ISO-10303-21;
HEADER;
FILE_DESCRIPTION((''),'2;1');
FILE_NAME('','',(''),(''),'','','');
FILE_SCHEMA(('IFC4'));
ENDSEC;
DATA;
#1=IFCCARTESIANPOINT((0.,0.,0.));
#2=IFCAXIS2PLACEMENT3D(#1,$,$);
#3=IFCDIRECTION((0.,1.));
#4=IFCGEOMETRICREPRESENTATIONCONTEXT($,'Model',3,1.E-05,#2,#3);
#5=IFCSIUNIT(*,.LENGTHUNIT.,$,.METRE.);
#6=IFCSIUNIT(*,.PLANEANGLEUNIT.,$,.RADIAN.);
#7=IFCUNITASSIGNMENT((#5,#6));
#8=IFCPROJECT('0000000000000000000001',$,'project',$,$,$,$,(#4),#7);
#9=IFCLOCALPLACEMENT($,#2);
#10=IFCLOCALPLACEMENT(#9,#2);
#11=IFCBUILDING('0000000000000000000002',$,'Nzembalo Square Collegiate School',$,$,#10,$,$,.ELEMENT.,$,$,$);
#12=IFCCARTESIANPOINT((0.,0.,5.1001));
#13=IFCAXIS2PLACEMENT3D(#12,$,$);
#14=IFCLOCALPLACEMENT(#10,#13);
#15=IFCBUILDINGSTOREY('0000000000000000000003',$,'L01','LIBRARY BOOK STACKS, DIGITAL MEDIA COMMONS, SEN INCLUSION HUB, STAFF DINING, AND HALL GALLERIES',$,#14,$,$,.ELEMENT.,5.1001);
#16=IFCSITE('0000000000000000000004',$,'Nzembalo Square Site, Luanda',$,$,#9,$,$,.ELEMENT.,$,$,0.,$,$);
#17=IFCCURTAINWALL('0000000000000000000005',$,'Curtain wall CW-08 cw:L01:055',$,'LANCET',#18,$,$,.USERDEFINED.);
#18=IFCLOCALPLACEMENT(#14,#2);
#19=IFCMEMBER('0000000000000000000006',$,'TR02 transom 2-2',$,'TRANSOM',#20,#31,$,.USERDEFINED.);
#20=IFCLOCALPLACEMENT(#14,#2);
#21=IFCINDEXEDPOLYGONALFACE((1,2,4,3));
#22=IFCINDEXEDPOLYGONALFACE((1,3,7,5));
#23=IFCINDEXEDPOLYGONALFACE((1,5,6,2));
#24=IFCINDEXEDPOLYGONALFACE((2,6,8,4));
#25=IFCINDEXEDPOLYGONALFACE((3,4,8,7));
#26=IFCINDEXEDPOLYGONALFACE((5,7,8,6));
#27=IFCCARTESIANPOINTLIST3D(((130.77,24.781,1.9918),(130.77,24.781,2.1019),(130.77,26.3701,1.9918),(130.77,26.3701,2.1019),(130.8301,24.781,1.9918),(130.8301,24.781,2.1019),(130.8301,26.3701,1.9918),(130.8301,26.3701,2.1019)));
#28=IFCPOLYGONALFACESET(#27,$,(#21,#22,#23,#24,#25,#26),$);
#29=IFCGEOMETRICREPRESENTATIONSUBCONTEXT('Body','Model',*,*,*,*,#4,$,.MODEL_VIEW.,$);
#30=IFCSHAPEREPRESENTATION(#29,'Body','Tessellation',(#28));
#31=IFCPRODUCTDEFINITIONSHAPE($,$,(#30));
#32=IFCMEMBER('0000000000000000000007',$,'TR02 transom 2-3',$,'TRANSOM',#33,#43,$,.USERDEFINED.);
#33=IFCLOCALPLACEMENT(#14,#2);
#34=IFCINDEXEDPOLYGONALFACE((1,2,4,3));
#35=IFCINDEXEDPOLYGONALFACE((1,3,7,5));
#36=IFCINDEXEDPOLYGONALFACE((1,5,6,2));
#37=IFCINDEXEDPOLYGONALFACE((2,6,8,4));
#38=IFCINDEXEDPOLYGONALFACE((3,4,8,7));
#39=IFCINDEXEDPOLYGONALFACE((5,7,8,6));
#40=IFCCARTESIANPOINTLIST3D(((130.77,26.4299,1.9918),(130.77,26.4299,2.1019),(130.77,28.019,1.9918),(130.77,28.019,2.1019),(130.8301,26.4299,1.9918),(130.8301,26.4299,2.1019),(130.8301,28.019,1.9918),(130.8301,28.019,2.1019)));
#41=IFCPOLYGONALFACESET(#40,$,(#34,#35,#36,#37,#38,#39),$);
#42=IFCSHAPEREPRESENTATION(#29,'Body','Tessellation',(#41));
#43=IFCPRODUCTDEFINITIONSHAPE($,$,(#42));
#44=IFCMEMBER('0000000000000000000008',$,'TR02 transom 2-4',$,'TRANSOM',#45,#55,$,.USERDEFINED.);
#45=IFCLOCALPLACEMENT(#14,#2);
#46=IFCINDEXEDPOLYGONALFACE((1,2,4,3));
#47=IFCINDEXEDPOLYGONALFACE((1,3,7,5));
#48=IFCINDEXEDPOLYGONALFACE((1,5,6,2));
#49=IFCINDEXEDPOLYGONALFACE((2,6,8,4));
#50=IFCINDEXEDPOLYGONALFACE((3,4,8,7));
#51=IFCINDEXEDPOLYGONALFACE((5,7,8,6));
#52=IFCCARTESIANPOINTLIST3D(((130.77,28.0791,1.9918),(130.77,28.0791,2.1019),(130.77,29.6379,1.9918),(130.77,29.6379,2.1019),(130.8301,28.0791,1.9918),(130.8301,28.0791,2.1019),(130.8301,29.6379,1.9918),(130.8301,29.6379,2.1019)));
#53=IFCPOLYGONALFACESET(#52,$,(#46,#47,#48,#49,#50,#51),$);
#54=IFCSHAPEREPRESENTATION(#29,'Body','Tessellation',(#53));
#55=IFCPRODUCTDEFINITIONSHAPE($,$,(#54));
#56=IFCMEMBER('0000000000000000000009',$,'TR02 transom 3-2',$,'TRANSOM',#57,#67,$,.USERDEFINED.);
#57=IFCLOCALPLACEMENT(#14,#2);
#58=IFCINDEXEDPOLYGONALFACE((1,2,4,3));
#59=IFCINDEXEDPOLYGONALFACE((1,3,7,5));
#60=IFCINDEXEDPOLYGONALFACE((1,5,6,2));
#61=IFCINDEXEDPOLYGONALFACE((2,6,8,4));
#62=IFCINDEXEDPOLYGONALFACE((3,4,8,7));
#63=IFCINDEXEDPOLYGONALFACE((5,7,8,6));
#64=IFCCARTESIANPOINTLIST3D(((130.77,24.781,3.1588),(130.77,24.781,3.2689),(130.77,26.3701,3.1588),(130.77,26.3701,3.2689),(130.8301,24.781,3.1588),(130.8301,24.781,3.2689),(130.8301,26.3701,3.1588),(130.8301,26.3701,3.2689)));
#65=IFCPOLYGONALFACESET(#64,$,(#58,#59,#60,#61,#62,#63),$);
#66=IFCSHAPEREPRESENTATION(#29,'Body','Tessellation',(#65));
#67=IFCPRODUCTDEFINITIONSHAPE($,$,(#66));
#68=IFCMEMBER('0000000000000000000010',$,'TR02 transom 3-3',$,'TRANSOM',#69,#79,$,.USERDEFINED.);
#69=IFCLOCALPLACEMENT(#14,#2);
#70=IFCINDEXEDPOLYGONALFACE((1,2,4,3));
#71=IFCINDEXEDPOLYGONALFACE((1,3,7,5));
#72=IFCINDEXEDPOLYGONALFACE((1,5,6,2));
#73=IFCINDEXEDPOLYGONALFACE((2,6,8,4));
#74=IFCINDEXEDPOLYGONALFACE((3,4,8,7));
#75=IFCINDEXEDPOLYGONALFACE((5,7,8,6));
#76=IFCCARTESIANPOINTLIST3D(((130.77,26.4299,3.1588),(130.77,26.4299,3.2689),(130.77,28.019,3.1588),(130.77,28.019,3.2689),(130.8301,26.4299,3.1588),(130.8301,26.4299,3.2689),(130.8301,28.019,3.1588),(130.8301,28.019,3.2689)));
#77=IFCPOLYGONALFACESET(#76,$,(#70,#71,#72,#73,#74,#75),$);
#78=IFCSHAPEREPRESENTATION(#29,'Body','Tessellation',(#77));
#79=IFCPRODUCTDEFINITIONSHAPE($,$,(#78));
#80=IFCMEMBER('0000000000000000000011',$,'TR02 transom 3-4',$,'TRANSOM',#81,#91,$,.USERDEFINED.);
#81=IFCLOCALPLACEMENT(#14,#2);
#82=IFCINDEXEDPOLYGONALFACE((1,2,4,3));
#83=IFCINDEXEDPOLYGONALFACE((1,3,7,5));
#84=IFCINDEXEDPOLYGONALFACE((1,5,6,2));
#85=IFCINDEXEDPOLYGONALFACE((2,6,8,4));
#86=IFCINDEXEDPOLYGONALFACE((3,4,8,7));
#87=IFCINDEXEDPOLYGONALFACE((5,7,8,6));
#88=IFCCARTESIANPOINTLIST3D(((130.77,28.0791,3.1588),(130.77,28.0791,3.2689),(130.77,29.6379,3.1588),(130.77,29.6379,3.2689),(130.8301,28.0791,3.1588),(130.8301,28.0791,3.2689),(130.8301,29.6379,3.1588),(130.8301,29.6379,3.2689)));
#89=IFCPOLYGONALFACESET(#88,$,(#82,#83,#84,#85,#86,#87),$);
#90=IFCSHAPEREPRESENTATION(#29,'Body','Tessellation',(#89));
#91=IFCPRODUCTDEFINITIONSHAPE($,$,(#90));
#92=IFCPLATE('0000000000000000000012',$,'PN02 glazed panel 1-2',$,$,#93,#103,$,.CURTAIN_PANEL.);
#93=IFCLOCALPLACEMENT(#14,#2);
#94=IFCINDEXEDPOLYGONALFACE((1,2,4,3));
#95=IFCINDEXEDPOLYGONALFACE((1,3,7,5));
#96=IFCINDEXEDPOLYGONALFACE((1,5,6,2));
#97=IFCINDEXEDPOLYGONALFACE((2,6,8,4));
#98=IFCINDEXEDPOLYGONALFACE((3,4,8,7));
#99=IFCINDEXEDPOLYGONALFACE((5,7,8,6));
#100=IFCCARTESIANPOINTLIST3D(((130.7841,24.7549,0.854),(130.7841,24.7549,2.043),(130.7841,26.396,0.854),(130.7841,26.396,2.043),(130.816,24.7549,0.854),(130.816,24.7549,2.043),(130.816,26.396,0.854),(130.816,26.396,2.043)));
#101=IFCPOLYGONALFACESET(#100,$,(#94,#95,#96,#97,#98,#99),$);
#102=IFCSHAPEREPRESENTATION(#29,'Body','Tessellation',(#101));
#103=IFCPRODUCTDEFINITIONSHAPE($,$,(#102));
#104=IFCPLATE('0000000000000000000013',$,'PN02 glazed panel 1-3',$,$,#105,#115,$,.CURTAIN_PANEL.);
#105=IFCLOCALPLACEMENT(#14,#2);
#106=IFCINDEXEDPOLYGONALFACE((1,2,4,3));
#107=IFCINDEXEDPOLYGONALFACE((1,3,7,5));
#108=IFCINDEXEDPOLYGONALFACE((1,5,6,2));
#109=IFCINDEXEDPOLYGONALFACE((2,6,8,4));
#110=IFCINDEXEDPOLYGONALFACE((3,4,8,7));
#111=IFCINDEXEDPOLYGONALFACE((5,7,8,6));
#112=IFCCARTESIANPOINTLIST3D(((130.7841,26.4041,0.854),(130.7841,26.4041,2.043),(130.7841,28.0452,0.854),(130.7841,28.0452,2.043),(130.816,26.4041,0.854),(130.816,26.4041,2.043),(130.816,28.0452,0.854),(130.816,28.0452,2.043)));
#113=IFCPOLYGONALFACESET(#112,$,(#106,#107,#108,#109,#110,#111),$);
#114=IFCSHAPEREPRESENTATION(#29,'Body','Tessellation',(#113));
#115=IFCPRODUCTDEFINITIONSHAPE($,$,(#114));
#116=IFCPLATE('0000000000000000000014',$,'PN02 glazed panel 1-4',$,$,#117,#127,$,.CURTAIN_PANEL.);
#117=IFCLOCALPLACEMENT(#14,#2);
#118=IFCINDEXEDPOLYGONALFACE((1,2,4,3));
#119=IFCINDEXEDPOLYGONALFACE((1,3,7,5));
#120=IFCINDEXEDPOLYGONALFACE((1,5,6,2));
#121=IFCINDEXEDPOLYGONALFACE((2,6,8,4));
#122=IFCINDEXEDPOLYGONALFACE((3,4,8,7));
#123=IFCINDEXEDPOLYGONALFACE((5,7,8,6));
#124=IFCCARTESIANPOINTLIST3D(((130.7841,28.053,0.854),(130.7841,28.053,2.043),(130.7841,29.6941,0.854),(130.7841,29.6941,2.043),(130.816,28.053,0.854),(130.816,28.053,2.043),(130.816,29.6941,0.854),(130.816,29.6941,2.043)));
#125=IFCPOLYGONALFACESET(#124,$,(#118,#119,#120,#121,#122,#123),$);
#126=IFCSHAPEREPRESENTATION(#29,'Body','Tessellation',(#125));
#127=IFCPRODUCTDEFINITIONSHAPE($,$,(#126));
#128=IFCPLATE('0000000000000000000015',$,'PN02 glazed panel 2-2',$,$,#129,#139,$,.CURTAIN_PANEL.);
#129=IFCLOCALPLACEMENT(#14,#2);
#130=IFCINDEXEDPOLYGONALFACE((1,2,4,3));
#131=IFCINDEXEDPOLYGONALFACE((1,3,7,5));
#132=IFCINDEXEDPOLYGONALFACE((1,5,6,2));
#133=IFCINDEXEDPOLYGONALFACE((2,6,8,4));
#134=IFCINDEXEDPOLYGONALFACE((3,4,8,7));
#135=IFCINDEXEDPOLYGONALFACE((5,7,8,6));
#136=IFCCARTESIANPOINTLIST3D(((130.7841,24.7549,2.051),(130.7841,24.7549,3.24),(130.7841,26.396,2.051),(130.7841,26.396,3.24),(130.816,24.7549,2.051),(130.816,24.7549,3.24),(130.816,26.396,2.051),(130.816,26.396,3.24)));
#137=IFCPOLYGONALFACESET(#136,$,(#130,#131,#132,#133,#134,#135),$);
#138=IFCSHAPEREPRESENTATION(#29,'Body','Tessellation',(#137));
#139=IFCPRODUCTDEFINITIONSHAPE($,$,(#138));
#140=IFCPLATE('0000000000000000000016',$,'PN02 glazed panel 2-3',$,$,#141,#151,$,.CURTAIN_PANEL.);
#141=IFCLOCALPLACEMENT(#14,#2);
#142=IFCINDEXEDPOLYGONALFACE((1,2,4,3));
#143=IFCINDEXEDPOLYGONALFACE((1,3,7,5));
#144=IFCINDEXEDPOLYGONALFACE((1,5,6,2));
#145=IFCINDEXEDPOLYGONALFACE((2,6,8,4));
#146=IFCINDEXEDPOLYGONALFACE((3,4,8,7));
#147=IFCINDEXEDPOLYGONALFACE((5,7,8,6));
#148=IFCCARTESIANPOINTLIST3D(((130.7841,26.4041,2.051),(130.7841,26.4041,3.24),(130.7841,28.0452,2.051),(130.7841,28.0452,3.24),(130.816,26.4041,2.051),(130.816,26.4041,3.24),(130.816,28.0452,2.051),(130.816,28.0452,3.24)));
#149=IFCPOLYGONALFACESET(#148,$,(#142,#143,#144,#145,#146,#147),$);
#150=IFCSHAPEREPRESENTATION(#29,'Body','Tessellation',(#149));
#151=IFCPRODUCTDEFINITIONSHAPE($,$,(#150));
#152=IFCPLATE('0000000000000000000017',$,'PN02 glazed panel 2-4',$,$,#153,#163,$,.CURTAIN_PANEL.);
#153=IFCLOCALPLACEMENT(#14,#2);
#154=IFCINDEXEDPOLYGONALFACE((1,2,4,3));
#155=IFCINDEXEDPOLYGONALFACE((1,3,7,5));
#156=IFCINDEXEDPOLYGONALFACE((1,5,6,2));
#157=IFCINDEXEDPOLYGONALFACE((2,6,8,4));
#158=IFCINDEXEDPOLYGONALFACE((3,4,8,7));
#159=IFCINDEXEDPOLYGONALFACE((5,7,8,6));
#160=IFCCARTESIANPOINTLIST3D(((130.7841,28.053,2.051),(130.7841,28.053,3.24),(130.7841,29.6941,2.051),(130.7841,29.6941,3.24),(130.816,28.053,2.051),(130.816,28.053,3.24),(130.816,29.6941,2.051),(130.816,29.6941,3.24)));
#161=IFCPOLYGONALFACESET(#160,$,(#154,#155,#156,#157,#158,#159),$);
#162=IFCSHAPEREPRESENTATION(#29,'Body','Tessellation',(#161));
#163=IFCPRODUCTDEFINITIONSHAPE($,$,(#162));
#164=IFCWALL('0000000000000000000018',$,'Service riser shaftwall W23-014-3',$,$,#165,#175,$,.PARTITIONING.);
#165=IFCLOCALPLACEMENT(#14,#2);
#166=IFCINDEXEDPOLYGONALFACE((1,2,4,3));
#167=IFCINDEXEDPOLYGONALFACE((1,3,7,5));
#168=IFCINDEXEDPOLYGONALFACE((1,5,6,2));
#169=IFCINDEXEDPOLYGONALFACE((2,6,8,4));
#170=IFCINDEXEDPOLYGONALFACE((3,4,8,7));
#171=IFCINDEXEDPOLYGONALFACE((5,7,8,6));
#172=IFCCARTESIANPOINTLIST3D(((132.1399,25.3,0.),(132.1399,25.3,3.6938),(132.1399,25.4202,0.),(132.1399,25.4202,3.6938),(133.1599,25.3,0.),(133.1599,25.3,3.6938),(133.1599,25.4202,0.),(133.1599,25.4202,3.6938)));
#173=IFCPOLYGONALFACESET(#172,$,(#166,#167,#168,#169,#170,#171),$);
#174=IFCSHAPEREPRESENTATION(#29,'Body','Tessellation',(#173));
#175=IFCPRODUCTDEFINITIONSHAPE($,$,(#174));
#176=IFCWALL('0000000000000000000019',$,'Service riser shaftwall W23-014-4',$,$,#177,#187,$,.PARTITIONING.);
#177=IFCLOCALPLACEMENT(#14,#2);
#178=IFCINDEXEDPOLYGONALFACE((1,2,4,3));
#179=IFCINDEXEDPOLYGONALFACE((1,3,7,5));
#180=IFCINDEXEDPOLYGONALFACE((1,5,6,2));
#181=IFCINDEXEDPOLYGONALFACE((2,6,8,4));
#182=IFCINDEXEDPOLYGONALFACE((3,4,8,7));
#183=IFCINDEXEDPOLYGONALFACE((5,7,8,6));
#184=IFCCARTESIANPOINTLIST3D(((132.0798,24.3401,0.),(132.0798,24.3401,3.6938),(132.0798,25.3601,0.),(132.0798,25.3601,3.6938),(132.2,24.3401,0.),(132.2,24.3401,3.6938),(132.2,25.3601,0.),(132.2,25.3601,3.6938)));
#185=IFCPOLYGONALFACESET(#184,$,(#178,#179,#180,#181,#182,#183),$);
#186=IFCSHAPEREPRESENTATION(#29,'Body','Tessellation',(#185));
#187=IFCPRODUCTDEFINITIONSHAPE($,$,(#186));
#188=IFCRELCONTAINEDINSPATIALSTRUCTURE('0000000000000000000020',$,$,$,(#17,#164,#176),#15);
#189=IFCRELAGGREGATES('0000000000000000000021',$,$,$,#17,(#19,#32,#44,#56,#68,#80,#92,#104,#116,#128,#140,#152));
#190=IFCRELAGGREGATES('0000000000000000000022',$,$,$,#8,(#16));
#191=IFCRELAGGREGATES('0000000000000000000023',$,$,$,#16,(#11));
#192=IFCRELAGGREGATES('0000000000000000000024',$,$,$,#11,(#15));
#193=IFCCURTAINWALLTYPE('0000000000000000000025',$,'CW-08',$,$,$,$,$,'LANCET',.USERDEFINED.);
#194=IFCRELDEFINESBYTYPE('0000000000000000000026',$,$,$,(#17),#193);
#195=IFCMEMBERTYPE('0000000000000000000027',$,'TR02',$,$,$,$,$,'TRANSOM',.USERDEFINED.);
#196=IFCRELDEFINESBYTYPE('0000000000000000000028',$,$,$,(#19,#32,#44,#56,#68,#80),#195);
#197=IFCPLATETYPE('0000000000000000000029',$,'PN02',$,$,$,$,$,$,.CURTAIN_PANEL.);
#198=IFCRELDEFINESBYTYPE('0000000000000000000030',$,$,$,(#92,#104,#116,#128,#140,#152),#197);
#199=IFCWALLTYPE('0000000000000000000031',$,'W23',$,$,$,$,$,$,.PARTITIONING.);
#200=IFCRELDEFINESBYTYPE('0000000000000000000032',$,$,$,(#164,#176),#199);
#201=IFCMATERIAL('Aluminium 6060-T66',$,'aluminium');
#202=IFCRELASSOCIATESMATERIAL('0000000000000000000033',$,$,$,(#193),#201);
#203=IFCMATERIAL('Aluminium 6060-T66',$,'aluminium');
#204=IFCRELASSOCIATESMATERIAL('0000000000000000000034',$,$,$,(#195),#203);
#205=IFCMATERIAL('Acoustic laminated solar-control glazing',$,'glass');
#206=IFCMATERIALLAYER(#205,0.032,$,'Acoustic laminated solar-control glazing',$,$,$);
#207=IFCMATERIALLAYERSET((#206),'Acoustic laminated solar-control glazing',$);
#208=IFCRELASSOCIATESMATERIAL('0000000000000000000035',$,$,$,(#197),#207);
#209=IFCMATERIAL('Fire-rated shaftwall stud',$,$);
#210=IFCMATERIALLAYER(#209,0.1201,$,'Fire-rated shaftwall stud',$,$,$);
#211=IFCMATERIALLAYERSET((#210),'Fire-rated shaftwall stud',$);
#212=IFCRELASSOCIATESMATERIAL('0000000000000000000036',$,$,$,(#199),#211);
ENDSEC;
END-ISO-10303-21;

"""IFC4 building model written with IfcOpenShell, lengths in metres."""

from ifc_helpers import new_model, si_unit, direction, frame, frame_2d, origin, origin_2d, place, context, subcontext, project, spatial, rectangle, extrude, material, layer, layer_set, material_profile, profile_set, type_object, element, aggregate, save


model = new_model("IFC4")

# Units and contexts
model_context = context("Model", 3, precision=1e-05, world=origin(), true_north=direction((0.0, 1.0)))
body_context = subcontext(model_context, "Body", "Model", "MODEL_VIEW")
ifc_project = project(units=[si_unit("LENGTHUNIT", "METRE"), si_unit("PLANEANGLEUNIT", "RADIAN")], contexts=[model_context])

# Site, building, storey
site_placement = place(None, origin())
site = spatial("IfcSite", under=ifc_project, at=site_placement, Name="Nzembalo Square Site, Luanda", CompositionType="ELEMENT", RefElevation=0.0)
building_placement = place(site_placement, origin())
building = spatial("IfcBuilding", under=site, at=building_placement, Name="Nzembalo Square Collegiate School", CompositionType="ELEMENT")
storey_placement = place(building_placement, frame((0.0, 0.0, 5.1001)))
storey = spatial("IfcBuildingStorey", under=building, at=storey_placement, Name="L01", Description="LIBRARY BOOK STACKS, DIGITAL MEDIA COMMONS, SEN INCLUSION HUB, STAFF DINING, AND HALL GALLERIES", CompositionType="ELEMENT", Elevation=5.1001)

# Curtain wall, members, plates
ifc_material_1 = material(Name="Aluminium 6060-T66", Category="aluminium")
curtain_wall_type = type_object("IfcCurtainWallType", Name="CW-08", ElementType="LANCET", PredefinedType="USERDEFINED", material=ifc_material_1)
curtain_wall_placement = place(storey_placement, origin())
curtain_wall = element("IfcCurtainWall", 1, at=curtain_wall_placement, inside=storey, type_object=curtain_wall_type, Name="Curtain wall CW-08 cw:L01:055", ObjectType="LANCET", PredefinedType="USERDEFINED")
ifc_material_2 = material(Name="Aluminium 6060-T66", Category="aluminium")
ifc_material_profile_1 = material_profile(ifc_material_2, rectangle(XDim=0.0601, YDim=0.1101, at=origin_2d()), Name="ALU T60x110")
ifc_profile_set_1 = profile_set([ifc_material_profile_1], Name="Aluminium 6060-T66")
member_type_1 = type_object("IfcMemberType", Name="TR02", ElementType="TRANSOM", PredefinedType="USERDEFINED", material=ifc_profile_set_1)
member_1_placement = place(storey_placement, frame((130.8, 24.781, 2.0469), z_axis=(0.0, 1.0, 0.0), x_axis=(-1.0, 0.0, 0.0)))
member_1 = element("IfcMember", 2, at=member_1_placement, type_object=member_type_1, Name="TR02 transom 2-2", ObjectType="TRANSOM", PredefinedType="USERDEFINED", context=body_context, shape_type="SweptSolid", body=[
    extrude(rectangle(XDim=0.0601, YDim=0.1101, at=origin_2d()), origin(), (0.0, 0.0, 1.0), 1.5891),
])
member_2_placement = place(storey_placement, frame((130.8, 26.4299, 2.0469), z_axis=(0.0, 1.0, 0.0), x_axis=(-1.0, 0.0, 0.0)))
member_2 = element("IfcMember", 3, at=member_2_placement, type_object=member_type_1, Name="TR02 transom 2-3", ObjectType="TRANSOM", PredefinedType="USERDEFINED", context=body_context, shape_type="SweptSolid", body=[
    extrude(rectangle(XDim=0.0601, YDim=0.1101, at=origin_2d()), origin(), (0.0, 0.0, 1.0), 1.5891),
])
member_3_placement = place(storey_placement, frame((130.8, 28.0791, 2.0469), z_axis=(0.0, 1.0, 0.0), x_axis=(-1.0, 0.0, 0.0)))
member_3 = element("IfcMember", 4, at=member_3_placement, type_object=member_type_1, Name="TR02 transom 2-4", ObjectType="TRANSOM", PredefinedType="USERDEFINED", context=body_context, shape_type="SweptSolid", body=[
    extrude(rectangle(XDim=0.0601, YDim=0.1101, at=origin_2d()), origin(), (0.0, 0.0, 1.0), 1.5588),
])
member_4_placement = place(storey_placement, frame((130.8, 24.781, 3.2139), z_axis=(0.0, 1.0, 0.0), x_axis=(-1.0, 0.0, 0.0)))
member_4 = element("IfcMember", 5, at=member_4_placement, type_object=member_type_1, Name="TR02 transom 3-2", ObjectType="TRANSOM", PredefinedType="USERDEFINED", context=body_context, shape_type="SweptSolid", body=[
    extrude(rectangle(XDim=0.0601, YDim=0.1101, at=origin_2d()), origin(), (0.0, 0.0, 1.0), 1.5891),
])
member_5_placement = place(storey_placement, frame((130.8, 26.4299, 3.2139), z_axis=(0.0, 1.0, 0.0), x_axis=(-1.0, 0.0, 0.0)))
member_5 = element("IfcMember", 6, at=member_5_placement, type_object=member_type_1, Name="TR02 transom 3-3", ObjectType="TRANSOM", PredefinedType="USERDEFINED", context=body_context, shape_type="SweptSolid", body=[
    extrude(rectangle(XDim=0.0601, YDim=0.1101, at=origin_2d()), origin(), (0.0, 0.0, 1.0), 1.5891),
])
member_6_placement = place(storey_placement, frame((130.8, 28.0791, 3.2139), z_axis=(0.0, 1.0, 0.0), x_axis=(-1.0, 0.0, 0.0)))
member_6 = element("IfcMember", 7, at=member_6_placement, type_object=member_type_1, Name="TR02 transom 3-4", ObjectType="TRANSOM", PredefinedType="USERDEFINED", context=body_context, shape_type="SweptSolid", body=[
    extrude(rectangle(XDim=0.0601, YDim=0.1101, at=origin_2d()), origin(), (0.0, 0.0, 1.0), 1.5588),
])
ifc_material_3 = material(Name="Acoustic laminated solar-control glazing", Category="glass")
ifc_layer_1 = layer(ifc_material_3, 0.032, Name="Acoustic laminated solar-control glazing")
ifc_layer_set_1 = layer_set([ifc_layer_1], Name="Acoustic laminated solar-control glazing")
plate_type = type_object("IfcPlateType", Name="PN02", PredefinedType="CURTAIN_PANEL", material=ifc_layer_set_1)
plate_1_placement = place(storey_placement, frame((130.8, 25.5754, 0.854), z_axis=(0.0, 0.0, 1.0), x_axis=(0.0, 1.0, 0.0)))
plate_1 = element("IfcPlate", 8, at=plate_1_placement, type_object=plate_type, Name="PN02 glazed panel 1-2", PredefinedType="CURTAIN_PANEL", context=body_context, shape_type="SweptSolid", body=[
    extrude(rectangle(XDim=1.6411, YDim=0.032, at=origin_2d()), origin(), (0.0, 0.0, 1.0), 1.189),
])
plate_2_placement = place(storey_placement, frame((130.8, 27.2246, 0.854), z_axis=(0.0, 0.0, 1.0), x_axis=(0.0, 1.0, 0.0)))
plate_2 = element("IfcPlate", 9, at=plate_2_placement, type_object=plate_type, Name="PN02 glazed panel 1-3", PredefinedType="CURTAIN_PANEL", context=body_context, shape_type="SweptSolid", body=[
    extrude(rectangle(XDim=1.6411, YDim=0.032, at=origin_2d()), origin(), (0.0, 0.0, 1.0), 1.189),
])
plate_3_placement = place(storey_placement, frame((130.8, 28.8735, 0.854), z_axis=(0.0, 0.0, 1.0), x_axis=(0.0, 1.0, 0.0)))
plate_3 = element("IfcPlate", 10, at=plate_3_placement, type_object=plate_type, Name="PN02 glazed panel 1-4", PredefinedType="CURTAIN_PANEL", context=body_context, shape_type="SweptSolid", body=[
    extrude(rectangle(XDim=1.6411, YDim=0.032, at=origin_2d()), origin(), (0.0, 0.0, 1.0), 1.189),
])
plate_4_placement = place(storey_placement, frame((130.8, 25.5754, 2.051), z_axis=(0.0, 0.0, 1.0), x_axis=(0.0, 1.0, 0.0)))
plate_4 = element("IfcPlate", 11, at=plate_4_placement, type_object=plate_type, Name="PN02 glazed panel 2-2", PredefinedType="CURTAIN_PANEL", context=body_context, shape_type="SweptSolid", body=[
    extrude(rectangle(XDim=1.6411, YDim=0.032, at=origin_2d()), origin(), (0.0, 0.0, 1.0), 1.189),
])
plate_5_placement = place(storey_placement, frame((130.8, 27.2246, 2.051), z_axis=(0.0, 0.0, 1.0), x_axis=(0.0, 1.0, 0.0)))
plate_5 = element("IfcPlate", 12, at=plate_5_placement, type_object=plate_type, Name="PN02 glazed panel 2-3", PredefinedType="CURTAIN_PANEL", context=body_context, shape_type="SweptSolid", body=[
    extrude(rectangle(XDim=1.6411, YDim=0.032, at=origin_2d()), origin(), (0.0, 0.0, 1.0), 1.189),
])
plate_6_placement = place(storey_placement, frame((130.8, 28.8735, 2.051), z_axis=(0.0, 0.0, 1.0), x_axis=(0.0, 1.0, 0.0)))
plate_6 = element("IfcPlate", 13, at=plate_6_placement, type_object=plate_type, Name="PN02 glazed panel 2-4", PredefinedType="CURTAIN_PANEL", context=body_context, shape_type="SweptSolid", body=[
    extrude(rectangle(XDim=1.6411, YDim=0.032, at=origin_2d()), origin(), (0.0, 0.0, 1.0), 1.189),
])
aggregate(curtain_wall, [member_1, member_2, member_3, member_4, member_5, member_6, plate_1, plate_2, plate_3, plate_4, plate_5, plate_6])

# Walls
ifc_material_4 = material(Name="Fire-rated shaftwall stud")
ifc_layer_2 = layer(ifc_material_4, 0.1201, Name="Fire-rated shaftwall stud")
ifc_layer_set_2 = layer_set([ifc_layer_2], Name="Fire-rated shaftwall stud")
wall_type = type_object("IfcWallType", Name="W23", PredefinedType="PARTITIONING", material=ifc_layer_set_2)
for number, where, z_axis, x_axis, name in (
    (14, (133.1599, 25.3601, 0.0), (0.0, 0.0, 1.0), (-1.0, 0.0, 0.0), "Service riser shaftwall W23-014-3"),
    (15, (132.1399, 25.3601, 0.0), (0.0, 0.0, 1.0), (0.0, -1.0, 0.0), "Service riser shaftwall W23-014-4"),
):
    element("IfcWall", number, at=place(storey_placement, frame(where, z_axis=z_axis, x_axis=x_axis)), inside=storey, type_object=wall_type, Name=name, PredefinedType="PARTITIONING", context=body_context, shape_type="SweptSolid", body=[
        extrude(rectangle(XDim=1.02, YDim=0.1201, at=frame_2d((0.51, 0.0))), origin(), (0.0, 0.0, 1.0), 3.6938),
    ])

save(model, "model.ifc")
